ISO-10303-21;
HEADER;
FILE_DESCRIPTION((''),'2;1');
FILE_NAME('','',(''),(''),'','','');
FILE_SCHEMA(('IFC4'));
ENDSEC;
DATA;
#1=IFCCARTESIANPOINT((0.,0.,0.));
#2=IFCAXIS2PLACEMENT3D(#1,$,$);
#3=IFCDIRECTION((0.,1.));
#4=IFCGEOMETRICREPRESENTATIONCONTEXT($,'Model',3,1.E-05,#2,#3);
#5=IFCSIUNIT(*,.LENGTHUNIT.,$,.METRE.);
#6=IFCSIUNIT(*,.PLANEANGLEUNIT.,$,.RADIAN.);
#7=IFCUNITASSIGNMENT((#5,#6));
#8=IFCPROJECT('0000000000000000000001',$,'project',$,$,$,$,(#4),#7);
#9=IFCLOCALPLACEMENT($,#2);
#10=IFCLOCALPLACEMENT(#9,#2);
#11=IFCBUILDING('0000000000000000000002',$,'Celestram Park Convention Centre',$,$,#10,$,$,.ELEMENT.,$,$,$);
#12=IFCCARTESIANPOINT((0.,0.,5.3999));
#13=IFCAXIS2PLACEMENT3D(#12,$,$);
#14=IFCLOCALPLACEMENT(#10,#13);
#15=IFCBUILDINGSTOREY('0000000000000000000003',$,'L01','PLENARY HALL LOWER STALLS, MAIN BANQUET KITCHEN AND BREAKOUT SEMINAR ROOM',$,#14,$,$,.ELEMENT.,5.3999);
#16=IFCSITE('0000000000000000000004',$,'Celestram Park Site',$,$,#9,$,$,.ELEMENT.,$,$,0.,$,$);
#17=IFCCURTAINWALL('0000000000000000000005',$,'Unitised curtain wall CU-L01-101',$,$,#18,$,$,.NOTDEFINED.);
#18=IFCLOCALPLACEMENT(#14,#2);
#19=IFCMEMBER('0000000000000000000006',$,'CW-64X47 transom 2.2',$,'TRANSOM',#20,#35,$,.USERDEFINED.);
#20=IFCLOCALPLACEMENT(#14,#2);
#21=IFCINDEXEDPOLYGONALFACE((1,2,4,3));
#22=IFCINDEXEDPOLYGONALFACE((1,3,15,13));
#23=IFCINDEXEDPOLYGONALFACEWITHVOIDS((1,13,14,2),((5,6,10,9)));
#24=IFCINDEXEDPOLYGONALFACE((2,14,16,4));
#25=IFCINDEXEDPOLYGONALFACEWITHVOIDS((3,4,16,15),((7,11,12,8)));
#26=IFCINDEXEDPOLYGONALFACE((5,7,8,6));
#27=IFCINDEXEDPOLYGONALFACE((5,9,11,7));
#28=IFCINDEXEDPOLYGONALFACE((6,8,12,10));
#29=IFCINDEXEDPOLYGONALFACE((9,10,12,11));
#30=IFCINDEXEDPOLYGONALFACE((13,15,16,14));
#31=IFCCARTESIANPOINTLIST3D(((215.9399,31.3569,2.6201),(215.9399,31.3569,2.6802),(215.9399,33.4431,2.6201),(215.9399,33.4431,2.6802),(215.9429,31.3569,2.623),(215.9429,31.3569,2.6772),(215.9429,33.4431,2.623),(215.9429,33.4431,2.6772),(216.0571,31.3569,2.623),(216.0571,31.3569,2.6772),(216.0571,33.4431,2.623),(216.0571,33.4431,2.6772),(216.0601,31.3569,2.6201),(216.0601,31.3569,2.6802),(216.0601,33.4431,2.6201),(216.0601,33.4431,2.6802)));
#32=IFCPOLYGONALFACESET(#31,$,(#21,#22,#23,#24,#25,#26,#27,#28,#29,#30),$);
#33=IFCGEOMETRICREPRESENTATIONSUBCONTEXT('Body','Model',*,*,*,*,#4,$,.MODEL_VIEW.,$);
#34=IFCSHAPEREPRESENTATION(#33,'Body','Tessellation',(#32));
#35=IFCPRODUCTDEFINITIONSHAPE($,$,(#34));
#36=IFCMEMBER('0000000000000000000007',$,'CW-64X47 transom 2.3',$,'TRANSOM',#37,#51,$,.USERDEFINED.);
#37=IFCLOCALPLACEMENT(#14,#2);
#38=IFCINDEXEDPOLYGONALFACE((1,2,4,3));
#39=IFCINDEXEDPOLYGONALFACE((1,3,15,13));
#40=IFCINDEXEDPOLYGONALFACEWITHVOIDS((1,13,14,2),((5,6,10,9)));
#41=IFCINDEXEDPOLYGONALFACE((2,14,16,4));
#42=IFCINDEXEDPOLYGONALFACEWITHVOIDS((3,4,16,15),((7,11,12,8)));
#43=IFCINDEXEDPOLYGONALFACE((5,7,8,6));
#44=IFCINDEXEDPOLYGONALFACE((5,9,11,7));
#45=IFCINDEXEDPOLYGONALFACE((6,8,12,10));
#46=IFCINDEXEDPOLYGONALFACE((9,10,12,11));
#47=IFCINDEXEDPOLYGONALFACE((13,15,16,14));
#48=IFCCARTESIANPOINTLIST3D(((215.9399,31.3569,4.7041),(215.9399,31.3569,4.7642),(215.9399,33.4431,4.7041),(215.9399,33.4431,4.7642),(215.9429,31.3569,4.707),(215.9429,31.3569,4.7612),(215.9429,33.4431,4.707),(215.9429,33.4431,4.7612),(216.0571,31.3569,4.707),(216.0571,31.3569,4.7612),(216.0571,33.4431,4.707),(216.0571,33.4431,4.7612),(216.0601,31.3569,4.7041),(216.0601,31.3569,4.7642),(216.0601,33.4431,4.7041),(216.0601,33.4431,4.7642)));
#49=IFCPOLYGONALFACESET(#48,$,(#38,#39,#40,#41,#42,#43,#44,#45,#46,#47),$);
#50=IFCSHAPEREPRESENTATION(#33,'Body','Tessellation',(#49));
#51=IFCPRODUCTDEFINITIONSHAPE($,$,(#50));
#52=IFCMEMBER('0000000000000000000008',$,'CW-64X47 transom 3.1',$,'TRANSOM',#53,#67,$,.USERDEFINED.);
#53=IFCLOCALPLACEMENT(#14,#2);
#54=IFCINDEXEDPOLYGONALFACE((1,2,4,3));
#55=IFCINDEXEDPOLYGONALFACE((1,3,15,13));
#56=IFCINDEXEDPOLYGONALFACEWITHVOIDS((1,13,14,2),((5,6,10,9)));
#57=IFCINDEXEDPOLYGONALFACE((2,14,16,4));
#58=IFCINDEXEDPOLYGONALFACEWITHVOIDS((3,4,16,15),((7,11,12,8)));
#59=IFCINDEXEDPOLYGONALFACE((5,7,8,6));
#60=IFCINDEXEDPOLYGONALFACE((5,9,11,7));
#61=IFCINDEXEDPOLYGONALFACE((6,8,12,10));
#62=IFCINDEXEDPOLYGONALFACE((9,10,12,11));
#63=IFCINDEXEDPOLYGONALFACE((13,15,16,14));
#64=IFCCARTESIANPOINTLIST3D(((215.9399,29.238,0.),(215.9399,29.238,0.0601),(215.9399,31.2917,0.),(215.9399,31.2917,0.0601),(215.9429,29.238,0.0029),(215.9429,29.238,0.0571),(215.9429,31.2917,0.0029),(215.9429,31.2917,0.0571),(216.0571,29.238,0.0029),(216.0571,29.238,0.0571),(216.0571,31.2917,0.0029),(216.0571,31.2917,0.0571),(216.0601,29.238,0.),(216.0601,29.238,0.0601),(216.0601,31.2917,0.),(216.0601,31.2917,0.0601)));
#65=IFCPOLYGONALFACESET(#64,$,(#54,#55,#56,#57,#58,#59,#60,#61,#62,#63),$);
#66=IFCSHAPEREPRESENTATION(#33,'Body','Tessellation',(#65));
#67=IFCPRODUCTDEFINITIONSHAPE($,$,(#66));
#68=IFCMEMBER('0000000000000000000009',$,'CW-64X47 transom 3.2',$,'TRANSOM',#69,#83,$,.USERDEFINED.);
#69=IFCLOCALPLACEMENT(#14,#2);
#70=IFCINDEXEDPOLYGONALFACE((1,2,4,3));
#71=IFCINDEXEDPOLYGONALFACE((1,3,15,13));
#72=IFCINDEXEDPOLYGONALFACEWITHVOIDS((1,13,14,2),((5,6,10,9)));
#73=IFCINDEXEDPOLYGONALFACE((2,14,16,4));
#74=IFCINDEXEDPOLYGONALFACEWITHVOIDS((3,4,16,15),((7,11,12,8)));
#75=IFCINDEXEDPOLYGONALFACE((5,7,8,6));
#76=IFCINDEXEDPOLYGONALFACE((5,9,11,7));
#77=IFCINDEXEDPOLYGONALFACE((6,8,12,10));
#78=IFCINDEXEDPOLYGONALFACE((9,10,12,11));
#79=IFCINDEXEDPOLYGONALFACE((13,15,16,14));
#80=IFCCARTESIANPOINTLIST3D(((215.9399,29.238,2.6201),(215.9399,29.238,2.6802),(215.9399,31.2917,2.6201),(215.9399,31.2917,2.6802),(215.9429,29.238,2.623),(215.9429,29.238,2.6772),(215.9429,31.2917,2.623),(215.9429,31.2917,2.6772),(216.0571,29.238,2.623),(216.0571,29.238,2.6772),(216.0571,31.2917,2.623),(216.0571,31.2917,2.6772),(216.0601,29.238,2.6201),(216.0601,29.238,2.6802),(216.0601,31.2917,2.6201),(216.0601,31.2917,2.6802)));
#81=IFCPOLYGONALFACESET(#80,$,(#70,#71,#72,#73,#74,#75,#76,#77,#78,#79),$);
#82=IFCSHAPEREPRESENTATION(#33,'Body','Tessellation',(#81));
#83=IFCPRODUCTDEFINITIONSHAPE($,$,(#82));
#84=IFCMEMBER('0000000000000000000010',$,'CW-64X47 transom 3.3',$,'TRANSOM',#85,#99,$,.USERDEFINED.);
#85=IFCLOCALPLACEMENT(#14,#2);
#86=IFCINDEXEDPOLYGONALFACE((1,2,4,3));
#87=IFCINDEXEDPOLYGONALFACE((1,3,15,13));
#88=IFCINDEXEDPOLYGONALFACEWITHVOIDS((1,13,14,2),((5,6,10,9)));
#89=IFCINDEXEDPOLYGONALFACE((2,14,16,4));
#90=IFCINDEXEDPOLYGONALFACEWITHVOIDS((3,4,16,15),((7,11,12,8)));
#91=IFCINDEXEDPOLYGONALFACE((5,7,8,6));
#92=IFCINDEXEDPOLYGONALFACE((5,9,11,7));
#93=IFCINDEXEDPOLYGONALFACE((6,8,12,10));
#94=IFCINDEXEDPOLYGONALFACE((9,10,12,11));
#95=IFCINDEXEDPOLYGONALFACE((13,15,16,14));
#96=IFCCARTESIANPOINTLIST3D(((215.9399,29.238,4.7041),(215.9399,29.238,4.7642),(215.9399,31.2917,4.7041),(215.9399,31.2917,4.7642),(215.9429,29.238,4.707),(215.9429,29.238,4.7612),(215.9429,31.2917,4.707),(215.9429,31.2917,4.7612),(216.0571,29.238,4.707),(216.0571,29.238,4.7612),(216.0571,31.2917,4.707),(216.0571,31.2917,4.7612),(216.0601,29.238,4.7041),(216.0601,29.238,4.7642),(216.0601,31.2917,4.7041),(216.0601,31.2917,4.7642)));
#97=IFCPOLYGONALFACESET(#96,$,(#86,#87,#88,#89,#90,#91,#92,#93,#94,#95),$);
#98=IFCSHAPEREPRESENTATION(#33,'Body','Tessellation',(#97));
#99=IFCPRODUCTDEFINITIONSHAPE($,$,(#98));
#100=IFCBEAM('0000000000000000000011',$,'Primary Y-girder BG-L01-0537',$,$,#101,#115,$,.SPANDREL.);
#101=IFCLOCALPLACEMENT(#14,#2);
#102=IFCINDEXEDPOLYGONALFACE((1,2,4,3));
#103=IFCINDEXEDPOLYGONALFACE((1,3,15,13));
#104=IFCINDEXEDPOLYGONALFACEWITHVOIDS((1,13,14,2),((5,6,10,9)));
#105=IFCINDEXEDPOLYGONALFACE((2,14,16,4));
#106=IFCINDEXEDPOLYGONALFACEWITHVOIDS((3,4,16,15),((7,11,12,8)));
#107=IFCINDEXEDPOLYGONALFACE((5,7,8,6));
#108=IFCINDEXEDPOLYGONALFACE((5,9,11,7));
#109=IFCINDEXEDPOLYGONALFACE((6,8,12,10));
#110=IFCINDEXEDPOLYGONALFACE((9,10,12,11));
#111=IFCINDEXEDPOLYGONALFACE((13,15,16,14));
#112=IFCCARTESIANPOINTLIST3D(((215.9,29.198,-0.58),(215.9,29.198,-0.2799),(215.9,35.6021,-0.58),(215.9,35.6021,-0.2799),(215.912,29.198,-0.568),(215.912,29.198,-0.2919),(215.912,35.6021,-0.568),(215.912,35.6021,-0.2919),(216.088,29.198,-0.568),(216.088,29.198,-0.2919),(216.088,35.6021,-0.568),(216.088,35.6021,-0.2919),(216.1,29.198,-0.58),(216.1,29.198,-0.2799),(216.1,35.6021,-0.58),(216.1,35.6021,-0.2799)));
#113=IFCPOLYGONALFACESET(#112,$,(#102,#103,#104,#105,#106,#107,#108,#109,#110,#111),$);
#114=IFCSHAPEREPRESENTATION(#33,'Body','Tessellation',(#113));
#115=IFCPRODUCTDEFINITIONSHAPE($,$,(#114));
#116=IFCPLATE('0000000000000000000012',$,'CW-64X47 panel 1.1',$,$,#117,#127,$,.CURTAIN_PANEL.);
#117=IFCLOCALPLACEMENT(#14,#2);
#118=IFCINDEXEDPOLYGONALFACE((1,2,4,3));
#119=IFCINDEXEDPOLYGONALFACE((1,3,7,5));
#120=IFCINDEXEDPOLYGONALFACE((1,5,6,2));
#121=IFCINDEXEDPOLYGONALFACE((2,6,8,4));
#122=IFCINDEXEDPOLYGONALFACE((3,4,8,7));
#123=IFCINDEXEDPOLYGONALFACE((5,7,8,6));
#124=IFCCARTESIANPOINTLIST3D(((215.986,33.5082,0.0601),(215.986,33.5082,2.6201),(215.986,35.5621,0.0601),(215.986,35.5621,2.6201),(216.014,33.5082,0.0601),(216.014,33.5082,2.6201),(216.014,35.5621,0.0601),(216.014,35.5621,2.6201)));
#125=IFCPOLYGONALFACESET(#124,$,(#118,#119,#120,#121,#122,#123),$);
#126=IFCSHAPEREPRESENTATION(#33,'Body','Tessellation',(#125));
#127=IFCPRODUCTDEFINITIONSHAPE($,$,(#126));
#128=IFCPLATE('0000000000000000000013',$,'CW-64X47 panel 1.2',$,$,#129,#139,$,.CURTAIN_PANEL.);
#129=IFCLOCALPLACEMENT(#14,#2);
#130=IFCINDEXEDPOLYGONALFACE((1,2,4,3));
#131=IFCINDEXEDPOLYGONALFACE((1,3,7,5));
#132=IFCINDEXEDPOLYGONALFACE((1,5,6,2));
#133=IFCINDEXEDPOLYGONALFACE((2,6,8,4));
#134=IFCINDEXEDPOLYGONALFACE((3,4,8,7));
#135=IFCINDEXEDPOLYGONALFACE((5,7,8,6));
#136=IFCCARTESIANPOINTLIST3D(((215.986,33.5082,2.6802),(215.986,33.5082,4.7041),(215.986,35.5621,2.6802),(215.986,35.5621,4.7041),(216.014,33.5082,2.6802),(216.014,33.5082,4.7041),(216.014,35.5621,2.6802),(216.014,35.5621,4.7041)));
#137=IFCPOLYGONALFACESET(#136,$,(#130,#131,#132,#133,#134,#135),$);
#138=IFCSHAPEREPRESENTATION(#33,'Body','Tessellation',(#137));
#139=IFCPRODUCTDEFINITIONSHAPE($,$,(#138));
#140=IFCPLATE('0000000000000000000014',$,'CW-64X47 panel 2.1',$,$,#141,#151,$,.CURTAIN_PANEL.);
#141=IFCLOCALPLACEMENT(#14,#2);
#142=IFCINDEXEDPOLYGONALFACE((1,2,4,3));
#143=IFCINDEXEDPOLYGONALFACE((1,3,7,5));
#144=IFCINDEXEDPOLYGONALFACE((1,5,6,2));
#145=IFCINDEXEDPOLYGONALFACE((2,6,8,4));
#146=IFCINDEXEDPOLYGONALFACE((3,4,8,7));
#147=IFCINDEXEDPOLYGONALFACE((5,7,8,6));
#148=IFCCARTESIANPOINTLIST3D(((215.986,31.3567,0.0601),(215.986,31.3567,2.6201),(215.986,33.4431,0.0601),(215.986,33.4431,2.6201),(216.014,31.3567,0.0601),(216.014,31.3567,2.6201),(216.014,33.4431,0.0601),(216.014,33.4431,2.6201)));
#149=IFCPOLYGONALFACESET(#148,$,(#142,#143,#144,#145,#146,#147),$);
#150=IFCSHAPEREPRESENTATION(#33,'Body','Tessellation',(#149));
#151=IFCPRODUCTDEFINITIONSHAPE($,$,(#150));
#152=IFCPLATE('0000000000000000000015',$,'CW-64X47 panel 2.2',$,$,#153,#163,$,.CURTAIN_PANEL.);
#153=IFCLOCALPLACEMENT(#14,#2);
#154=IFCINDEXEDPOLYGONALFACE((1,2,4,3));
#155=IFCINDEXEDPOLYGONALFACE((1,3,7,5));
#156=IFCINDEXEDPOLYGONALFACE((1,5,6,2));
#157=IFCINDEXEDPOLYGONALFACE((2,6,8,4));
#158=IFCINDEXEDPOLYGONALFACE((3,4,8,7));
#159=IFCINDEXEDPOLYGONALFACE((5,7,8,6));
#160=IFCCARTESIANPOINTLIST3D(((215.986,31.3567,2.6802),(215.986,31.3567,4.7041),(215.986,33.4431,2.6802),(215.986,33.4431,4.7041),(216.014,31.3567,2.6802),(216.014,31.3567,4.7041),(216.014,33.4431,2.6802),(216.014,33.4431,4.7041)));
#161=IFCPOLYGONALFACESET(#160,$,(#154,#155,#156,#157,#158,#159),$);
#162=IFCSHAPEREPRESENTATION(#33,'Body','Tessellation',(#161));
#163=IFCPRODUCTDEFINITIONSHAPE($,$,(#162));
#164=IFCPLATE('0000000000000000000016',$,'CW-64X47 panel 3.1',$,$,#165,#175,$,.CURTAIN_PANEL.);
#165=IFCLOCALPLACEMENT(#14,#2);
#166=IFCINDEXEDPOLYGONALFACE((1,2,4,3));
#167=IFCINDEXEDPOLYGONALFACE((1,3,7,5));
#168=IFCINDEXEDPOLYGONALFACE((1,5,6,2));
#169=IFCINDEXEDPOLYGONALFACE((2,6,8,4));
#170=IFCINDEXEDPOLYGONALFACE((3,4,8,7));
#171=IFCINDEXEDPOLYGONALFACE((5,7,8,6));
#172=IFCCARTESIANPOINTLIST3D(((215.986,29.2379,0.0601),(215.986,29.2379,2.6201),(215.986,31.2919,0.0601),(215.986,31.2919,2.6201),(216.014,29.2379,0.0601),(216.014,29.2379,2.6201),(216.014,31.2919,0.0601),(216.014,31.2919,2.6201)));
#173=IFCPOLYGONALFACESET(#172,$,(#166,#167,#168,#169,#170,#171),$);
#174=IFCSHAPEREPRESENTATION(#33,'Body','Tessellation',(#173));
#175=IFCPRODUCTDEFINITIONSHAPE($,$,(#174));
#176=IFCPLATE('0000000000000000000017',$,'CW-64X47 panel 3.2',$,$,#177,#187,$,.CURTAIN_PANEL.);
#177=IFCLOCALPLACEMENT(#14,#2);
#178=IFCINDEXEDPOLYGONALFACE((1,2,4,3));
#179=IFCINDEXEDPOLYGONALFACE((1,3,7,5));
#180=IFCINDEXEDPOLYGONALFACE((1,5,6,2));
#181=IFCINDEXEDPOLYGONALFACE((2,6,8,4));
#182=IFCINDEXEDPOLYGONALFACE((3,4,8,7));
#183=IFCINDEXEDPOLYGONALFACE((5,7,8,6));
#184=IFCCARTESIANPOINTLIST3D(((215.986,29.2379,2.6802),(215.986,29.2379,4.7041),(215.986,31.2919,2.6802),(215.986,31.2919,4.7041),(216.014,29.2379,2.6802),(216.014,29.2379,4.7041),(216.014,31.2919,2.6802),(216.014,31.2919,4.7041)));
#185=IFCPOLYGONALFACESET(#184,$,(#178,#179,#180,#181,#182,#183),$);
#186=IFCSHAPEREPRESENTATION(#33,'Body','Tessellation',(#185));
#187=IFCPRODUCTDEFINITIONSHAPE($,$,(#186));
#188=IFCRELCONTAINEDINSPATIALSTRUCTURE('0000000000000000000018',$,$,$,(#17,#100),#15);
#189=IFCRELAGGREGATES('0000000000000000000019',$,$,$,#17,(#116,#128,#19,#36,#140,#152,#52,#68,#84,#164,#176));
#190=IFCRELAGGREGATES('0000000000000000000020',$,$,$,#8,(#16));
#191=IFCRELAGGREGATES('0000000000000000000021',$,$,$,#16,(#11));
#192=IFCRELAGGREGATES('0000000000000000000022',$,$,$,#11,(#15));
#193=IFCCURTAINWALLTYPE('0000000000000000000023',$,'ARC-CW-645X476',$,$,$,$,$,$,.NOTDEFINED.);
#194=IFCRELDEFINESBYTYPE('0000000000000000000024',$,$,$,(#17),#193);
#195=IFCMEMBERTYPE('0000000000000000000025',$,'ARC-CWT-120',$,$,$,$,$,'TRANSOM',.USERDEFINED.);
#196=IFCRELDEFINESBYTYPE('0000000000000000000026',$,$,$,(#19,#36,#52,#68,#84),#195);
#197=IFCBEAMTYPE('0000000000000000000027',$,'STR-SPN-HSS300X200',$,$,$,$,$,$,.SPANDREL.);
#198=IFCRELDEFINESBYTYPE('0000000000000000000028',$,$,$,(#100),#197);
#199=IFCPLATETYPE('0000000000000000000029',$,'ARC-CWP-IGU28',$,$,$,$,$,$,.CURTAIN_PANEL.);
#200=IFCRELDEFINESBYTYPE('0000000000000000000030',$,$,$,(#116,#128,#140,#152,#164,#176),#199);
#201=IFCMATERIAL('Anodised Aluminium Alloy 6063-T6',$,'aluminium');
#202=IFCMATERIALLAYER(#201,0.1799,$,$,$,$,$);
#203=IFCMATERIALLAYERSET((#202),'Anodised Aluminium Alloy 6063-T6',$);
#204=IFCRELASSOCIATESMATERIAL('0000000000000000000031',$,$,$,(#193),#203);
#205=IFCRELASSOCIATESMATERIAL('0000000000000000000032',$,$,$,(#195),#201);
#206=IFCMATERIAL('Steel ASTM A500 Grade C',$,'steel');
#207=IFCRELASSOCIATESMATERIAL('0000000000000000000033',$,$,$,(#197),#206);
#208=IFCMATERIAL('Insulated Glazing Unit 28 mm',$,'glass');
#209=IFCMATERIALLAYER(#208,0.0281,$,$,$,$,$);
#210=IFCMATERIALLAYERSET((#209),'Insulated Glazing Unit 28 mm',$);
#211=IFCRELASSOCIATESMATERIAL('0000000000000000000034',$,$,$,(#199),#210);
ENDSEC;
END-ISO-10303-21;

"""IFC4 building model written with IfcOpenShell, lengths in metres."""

from ifc_helpers import new_model, si_unit, direction, frame, origin, origin_2d, place, context, subcontext, project, spatial, rectangle, hollow_rectangle, extrude, material, layer, layer_set, material_profile, profile_set, type_object, element, aggregate, save


model = new_model("IFC4")

# Units and contexts
model_context = context("Model", 3, precision=1e-05, world=origin(), true_north=direction((0.0, 1.0)))
body_context = subcontext(model_context, "Body", "Model", "MODEL_VIEW")
ifc_project = project(units=[si_unit("LENGTHUNIT", "METRE"), si_unit("PLANEANGLEUNIT", "RADIAN")], contexts=[model_context])

# Site, building, storey
site_placement = place(None, origin())
site = spatial("IfcSite", under=ifc_project, at=site_placement, Name="Celestram Park Site", CompositionType="ELEMENT", RefElevation=0.0)
building_placement = place(site_placement, origin())
building = spatial("IfcBuilding", under=site, at=building_placement, Name="Celestram Park Convention Centre", CompositionType="ELEMENT")
storey_placement = place(building_placement, frame((0.0, 0.0, 5.3999)))
storey = spatial("IfcBuildingStorey", under=building, at=storey_placement, Name="L01", Description="PLENARY HALL LOWER STALLS, MAIN BANQUET KITCHEN AND BREAKOUT SEMINAR ROOM", CompositionType="ELEMENT", Elevation=5.3999)

# Curtain wall
ifc_material_1 = material(Name="Anodised Aluminium Alloy 6063-T6", Category="aluminium")
ifc_layer_1 = layer(ifc_material_1, 0.1799)
ifc_layer_set_1 = layer_set([ifc_layer_1], Name="Anodised Aluminium Alloy 6063-T6")
curtain_wall_type_1 = type_object("IfcCurtainWallType", Name="ARC-CW-645X476", PredefinedType="NOTDEFINED", material=ifc_layer_set_1)
curtain_wall_1_placement = place(storey_placement, origin())
curtain_wall_1 = element("IfcCurtainWall", 1, at=curtain_wall_1_placement, inside=storey, type_object=curtain_wall_type_1, Name="Unitised curtain wall CU-L01-101", PredefinedType="NOTDEFINED")

# Members
ifc_material_profile_1 = material_profile(ifc_material_1, hollow_rectangle(XDim=0.1201, YDim=0.0601, WallThickness=0.0029, at=origin_2d()), Name="ALU120X60X3")
ifc_profile_set_1 = profile_set([ifc_material_profile_1], Name="Anodised Aluminium Alloy 6063-T6")
member_type_1 = type_object("IfcMemberType", Name="ARC-CWT-120", ElementType="TRANSOM", PredefinedType="USERDEFINED", material=ifc_profile_set_1)
member_1_placement = place(storey_placement, frame((216.0, 33.4431, 2.6501), z_axis=(0.0, -1.0, 0.0), x_axis=(1.0, 0.0, 0.0)))
member_1 = element("IfcMember", 2, at=member_1_placement, type_object=member_type_1, Name="CW-64X47 transom 2.2", ObjectType="TRANSOM", PredefinedType="USERDEFINED", context=body_context, shape_type="SweptSolid", body=[
    extrude(hollow_rectangle(XDim=0.1201, YDim=0.0601, WallThickness=0.0029, at=origin_2d()), origin(), (0.0, 0.0, 1.0), 2.0862),
])
member_2_placement = place(storey_placement, frame((216.0, 33.4431, 4.7341), z_axis=(0.0, -1.0, 0.0), x_axis=(1.0, 0.0, 0.0)))
member_2 = element("IfcMember", 3, at=member_2_placement, type_object=member_type_1, Name="CW-64X47 transom 2.3", ObjectType="TRANSOM", PredefinedType="USERDEFINED", context=body_context, shape_type="SweptSolid", body=[
    extrude(hollow_rectangle(XDim=0.1201, YDim=0.0601, WallThickness=0.0029, at=origin_2d()), origin(), (0.0, 0.0, 1.0), 2.0862),
])
member_3_placement = place(storey_placement, frame((216.0, 31.2917, 0.03), z_axis=(0.0, -1.0, 0.0), x_axis=(1.0, 0.0, 0.0)))
member_3 = element("IfcMember", 4, at=member_3_placement, type_object=member_type_1, Name="CW-64X47 transom 3.1", ObjectType="TRANSOM", PredefinedType="USERDEFINED", context=body_context, shape_type="SweptSolid", body=[
    extrude(hollow_rectangle(XDim=0.1201, YDim=0.0601, WallThickness=0.0029, at=origin_2d()), origin(), (0.0, 0.0, 1.0), 2.0537),
])
member_4_placement = place(storey_placement, frame((216.0, 31.2917, 2.6501), z_axis=(0.0, -1.0, 0.0), x_axis=(1.0, 0.0, 0.0)))
member_4 = element("IfcMember", 5, at=member_4_placement, type_object=member_type_1, Name="CW-64X47 transom 3.2", ObjectType="TRANSOM", PredefinedType="USERDEFINED", context=body_context, shape_type="SweptSolid", body=[
    extrude(hollow_rectangle(XDim=0.1201, YDim=0.0601, WallThickness=0.0029, at=origin_2d()), origin(), (0.0, 0.0, 1.0), 2.0537),
])
member_5_placement = place(storey_placement, frame((216.0, 31.2917, 4.7341), z_axis=(0.0, -1.0, 0.0), x_axis=(1.0, 0.0, 0.0)))
member_5 = element("IfcMember", 6, at=member_5_placement, type_object=member_type_1, Name="CW-64X47 transom 3.3", ObjectType="TRANSOM", PredefinedType="USERDEFINED", context=body_context, shape_type="SweptSolid", body=[
    extrude(hollow_rectangle(XDim=0.1201, YDim=0.0601, WallThickness=0.0029, at=origin_2d()), origin(), (0.0, 0.0, 1.0), 2.0537),
])

# Beam
ifc_material_2 = material(Name="Steel ASTM A500 Grade C", Category="steel")
ifc_material_profile_2 = material_profile(ifc_material_2, hollow_rectangle(XDim=0.2, YDim=0.3, WallThickness=0.012, at=origin_2d()), Name="HSS300X200X12")
ifc_profile_set_2 = profile_set([ifc_material_profile_2], Name="Steel ASTM A500 Grade C")
beam_type = type_object("IfcBeamType", Name="STR-SPN-HSS300X200", PredefinedType="SPANDREL", material=ifc_profile_set_2)
beam_placement = place(storey_placement, frame((216.0, 29.198, -0.4299), z_axis=(0.0, 1.0, 0.0), x_axis=(-1.0, 0.0, 0.0)))
element("IfcBeam", 7, at=beam_placement, inside=storey, type_object=beam_type, Name="Primary Y-girder BG-L01-0537", PredefinedType="SPANDREL", context=body_context, shape_type="SweptSolid", body=[
    extrude(hollow_rectangle(XDim=0.2, YDim=0.3, WallThickness=0.012, at=origin_2d()), origin(), (0.0, 0.0, 1.0), 6.4041),
])

# Plates
ifc_material_3 = material(Name="Insulated Glazing Unit 28 mm", Category="glass")
ifc_layer_2 = layer(ifc_material_3, 0.0281)
ifc_layer_set_2 = layer_set([ifc_layer_2], Name="Insulated Glazing Unit 28 mm")
plate_type = type_object("IfcPlateType", Name="ARC-CWP-IGU28", PredefinedType="CURTAIN_PANEL", material=ifc_layer_set_2)
plate_1_placement = place(storey_placement, frame((216.0, 34.5352, 0.0601), z_axis=(0.0, 0.0, 1.0), x_axis=(0.0, -1.0, 0.0)))
plate_1 = element("IfcPlate", 8, at=plate_1_placement, type_object=plate_type, Name="CW-64X47 panel 1.1", PredefinedType="CURTAIN_PANEL", context=body_context, shape_type="SweptSolid", body=[
    extrude(rectangle(XDim=2.054, YDim=0.0281, at=origin_2d()), origin(), (0.0, 0.0, 1.0), 2.5601),
])
plate_2_placement = place(storey_placement, frame((216.0, 34.5352, 2.6802), z_axis=(0.0, 0.0, 1.0), x_axis=(0.0, -1.0, 0.0)))
plate_2 = element("IfcPlate", 9, at=plate_2_placement, type_object=plate_type, Name="CW-64X47 panel 1.2", PredefinedType="CURTAIN_PANEL", context=body_context, shape_type="SweptSolid", body=[
    extrude(rectangle(XDim=2.054, YDim=0.0281, at=origin_2d()), origin(), (0.0, 0.0, 1.0), 2.0239),
])
plate_3_placement = place(storey_placement, frame((216.0, 32.3999, 0.0601), z_axis=(0.0, 0.0, 1.0), x_axis=(0.0, -1.0, 0.0)))
plate_3 = element("IfcPlate", 10, at=plate_3_placement, type_object=plate_type, Name="CW-64X47 panel 2.1", PredefinedType="CURTAIN_PANEL", context=body_context, shape_type="SweptSolid", body=[
    extrude(rectangle(XDim=2.0864, YDim=0.0281, at=origin_2d()), origin(), (0.0, 0.0, 1.0), 2.5601),
])
plate_4_placement = place(storey_placement, frame((216.0, 32.3999, 2.6802), z_axis=(0.0, 0.0, 1.0), x_axis=(0.0, -1.0, 0.0)))
plate_4 = element("IfcPlate", 11, at=plate_4_placement, type_object=plate_type, Name="CW-64X47 panel 2.2", PredefinedType="CURTAIN_PANEL", context=body_context, shape_type="SweptSolid", body=[
    extrude(rectangle(XDim=2.0864, YDim=0.0281, at=origin_2d()), origin(), (0.0, 0.0, 1.0), 2.0239),
])
plate_5_placement = place(storey_placement, frame((216.0, 30.2649, 0.0601), z_axis=(0.0, 0.0, 1.0), x_axis=(0.0, -1.0, 0.0)))
plate_5 = element("IfcPlate", 12, at=plate_5_placement, type_object=plate_type, Name="CW-64X47 panel 3.1", PredefinedType="CURTAIN_PANEL", context=body_context, shape_type="SweptSolid", body=[
    extrude(rectangle(XDim=2.054, YDim=0.0281, at=origin_2d()), origin(), (0.0, 0.0, 1.0), 2.5601),
])
plate_6_placement = place(storey_placement, frame((216.0, 30.2649, 2.6802), z_axis=(0.0, 0.0, 1.0), x_axis=(0.0, -1.0, 0.0)))
plate_6 = element("IfcPlate", 13, at=plate_6_placement, type_object=plate_type, Name="CW-64X47 panel 3.2", PredefinedType="CURTAIN_PANEL", context=body_context, shape_type="SweptSolid", body=[
    extrude(rectangle(XDim=2.054, YDim=0.0281, at=origin_2d()), origin(), (0.0, 0.0, 1.0), 2.0239),
])
aggregate(curtain_wall_1, [plate_1, plate_2, member_1, member_2, plate_3, plate_4, member_3, member_4, member_5, plate_5, plate_6])

save(model, "model.ifc")
